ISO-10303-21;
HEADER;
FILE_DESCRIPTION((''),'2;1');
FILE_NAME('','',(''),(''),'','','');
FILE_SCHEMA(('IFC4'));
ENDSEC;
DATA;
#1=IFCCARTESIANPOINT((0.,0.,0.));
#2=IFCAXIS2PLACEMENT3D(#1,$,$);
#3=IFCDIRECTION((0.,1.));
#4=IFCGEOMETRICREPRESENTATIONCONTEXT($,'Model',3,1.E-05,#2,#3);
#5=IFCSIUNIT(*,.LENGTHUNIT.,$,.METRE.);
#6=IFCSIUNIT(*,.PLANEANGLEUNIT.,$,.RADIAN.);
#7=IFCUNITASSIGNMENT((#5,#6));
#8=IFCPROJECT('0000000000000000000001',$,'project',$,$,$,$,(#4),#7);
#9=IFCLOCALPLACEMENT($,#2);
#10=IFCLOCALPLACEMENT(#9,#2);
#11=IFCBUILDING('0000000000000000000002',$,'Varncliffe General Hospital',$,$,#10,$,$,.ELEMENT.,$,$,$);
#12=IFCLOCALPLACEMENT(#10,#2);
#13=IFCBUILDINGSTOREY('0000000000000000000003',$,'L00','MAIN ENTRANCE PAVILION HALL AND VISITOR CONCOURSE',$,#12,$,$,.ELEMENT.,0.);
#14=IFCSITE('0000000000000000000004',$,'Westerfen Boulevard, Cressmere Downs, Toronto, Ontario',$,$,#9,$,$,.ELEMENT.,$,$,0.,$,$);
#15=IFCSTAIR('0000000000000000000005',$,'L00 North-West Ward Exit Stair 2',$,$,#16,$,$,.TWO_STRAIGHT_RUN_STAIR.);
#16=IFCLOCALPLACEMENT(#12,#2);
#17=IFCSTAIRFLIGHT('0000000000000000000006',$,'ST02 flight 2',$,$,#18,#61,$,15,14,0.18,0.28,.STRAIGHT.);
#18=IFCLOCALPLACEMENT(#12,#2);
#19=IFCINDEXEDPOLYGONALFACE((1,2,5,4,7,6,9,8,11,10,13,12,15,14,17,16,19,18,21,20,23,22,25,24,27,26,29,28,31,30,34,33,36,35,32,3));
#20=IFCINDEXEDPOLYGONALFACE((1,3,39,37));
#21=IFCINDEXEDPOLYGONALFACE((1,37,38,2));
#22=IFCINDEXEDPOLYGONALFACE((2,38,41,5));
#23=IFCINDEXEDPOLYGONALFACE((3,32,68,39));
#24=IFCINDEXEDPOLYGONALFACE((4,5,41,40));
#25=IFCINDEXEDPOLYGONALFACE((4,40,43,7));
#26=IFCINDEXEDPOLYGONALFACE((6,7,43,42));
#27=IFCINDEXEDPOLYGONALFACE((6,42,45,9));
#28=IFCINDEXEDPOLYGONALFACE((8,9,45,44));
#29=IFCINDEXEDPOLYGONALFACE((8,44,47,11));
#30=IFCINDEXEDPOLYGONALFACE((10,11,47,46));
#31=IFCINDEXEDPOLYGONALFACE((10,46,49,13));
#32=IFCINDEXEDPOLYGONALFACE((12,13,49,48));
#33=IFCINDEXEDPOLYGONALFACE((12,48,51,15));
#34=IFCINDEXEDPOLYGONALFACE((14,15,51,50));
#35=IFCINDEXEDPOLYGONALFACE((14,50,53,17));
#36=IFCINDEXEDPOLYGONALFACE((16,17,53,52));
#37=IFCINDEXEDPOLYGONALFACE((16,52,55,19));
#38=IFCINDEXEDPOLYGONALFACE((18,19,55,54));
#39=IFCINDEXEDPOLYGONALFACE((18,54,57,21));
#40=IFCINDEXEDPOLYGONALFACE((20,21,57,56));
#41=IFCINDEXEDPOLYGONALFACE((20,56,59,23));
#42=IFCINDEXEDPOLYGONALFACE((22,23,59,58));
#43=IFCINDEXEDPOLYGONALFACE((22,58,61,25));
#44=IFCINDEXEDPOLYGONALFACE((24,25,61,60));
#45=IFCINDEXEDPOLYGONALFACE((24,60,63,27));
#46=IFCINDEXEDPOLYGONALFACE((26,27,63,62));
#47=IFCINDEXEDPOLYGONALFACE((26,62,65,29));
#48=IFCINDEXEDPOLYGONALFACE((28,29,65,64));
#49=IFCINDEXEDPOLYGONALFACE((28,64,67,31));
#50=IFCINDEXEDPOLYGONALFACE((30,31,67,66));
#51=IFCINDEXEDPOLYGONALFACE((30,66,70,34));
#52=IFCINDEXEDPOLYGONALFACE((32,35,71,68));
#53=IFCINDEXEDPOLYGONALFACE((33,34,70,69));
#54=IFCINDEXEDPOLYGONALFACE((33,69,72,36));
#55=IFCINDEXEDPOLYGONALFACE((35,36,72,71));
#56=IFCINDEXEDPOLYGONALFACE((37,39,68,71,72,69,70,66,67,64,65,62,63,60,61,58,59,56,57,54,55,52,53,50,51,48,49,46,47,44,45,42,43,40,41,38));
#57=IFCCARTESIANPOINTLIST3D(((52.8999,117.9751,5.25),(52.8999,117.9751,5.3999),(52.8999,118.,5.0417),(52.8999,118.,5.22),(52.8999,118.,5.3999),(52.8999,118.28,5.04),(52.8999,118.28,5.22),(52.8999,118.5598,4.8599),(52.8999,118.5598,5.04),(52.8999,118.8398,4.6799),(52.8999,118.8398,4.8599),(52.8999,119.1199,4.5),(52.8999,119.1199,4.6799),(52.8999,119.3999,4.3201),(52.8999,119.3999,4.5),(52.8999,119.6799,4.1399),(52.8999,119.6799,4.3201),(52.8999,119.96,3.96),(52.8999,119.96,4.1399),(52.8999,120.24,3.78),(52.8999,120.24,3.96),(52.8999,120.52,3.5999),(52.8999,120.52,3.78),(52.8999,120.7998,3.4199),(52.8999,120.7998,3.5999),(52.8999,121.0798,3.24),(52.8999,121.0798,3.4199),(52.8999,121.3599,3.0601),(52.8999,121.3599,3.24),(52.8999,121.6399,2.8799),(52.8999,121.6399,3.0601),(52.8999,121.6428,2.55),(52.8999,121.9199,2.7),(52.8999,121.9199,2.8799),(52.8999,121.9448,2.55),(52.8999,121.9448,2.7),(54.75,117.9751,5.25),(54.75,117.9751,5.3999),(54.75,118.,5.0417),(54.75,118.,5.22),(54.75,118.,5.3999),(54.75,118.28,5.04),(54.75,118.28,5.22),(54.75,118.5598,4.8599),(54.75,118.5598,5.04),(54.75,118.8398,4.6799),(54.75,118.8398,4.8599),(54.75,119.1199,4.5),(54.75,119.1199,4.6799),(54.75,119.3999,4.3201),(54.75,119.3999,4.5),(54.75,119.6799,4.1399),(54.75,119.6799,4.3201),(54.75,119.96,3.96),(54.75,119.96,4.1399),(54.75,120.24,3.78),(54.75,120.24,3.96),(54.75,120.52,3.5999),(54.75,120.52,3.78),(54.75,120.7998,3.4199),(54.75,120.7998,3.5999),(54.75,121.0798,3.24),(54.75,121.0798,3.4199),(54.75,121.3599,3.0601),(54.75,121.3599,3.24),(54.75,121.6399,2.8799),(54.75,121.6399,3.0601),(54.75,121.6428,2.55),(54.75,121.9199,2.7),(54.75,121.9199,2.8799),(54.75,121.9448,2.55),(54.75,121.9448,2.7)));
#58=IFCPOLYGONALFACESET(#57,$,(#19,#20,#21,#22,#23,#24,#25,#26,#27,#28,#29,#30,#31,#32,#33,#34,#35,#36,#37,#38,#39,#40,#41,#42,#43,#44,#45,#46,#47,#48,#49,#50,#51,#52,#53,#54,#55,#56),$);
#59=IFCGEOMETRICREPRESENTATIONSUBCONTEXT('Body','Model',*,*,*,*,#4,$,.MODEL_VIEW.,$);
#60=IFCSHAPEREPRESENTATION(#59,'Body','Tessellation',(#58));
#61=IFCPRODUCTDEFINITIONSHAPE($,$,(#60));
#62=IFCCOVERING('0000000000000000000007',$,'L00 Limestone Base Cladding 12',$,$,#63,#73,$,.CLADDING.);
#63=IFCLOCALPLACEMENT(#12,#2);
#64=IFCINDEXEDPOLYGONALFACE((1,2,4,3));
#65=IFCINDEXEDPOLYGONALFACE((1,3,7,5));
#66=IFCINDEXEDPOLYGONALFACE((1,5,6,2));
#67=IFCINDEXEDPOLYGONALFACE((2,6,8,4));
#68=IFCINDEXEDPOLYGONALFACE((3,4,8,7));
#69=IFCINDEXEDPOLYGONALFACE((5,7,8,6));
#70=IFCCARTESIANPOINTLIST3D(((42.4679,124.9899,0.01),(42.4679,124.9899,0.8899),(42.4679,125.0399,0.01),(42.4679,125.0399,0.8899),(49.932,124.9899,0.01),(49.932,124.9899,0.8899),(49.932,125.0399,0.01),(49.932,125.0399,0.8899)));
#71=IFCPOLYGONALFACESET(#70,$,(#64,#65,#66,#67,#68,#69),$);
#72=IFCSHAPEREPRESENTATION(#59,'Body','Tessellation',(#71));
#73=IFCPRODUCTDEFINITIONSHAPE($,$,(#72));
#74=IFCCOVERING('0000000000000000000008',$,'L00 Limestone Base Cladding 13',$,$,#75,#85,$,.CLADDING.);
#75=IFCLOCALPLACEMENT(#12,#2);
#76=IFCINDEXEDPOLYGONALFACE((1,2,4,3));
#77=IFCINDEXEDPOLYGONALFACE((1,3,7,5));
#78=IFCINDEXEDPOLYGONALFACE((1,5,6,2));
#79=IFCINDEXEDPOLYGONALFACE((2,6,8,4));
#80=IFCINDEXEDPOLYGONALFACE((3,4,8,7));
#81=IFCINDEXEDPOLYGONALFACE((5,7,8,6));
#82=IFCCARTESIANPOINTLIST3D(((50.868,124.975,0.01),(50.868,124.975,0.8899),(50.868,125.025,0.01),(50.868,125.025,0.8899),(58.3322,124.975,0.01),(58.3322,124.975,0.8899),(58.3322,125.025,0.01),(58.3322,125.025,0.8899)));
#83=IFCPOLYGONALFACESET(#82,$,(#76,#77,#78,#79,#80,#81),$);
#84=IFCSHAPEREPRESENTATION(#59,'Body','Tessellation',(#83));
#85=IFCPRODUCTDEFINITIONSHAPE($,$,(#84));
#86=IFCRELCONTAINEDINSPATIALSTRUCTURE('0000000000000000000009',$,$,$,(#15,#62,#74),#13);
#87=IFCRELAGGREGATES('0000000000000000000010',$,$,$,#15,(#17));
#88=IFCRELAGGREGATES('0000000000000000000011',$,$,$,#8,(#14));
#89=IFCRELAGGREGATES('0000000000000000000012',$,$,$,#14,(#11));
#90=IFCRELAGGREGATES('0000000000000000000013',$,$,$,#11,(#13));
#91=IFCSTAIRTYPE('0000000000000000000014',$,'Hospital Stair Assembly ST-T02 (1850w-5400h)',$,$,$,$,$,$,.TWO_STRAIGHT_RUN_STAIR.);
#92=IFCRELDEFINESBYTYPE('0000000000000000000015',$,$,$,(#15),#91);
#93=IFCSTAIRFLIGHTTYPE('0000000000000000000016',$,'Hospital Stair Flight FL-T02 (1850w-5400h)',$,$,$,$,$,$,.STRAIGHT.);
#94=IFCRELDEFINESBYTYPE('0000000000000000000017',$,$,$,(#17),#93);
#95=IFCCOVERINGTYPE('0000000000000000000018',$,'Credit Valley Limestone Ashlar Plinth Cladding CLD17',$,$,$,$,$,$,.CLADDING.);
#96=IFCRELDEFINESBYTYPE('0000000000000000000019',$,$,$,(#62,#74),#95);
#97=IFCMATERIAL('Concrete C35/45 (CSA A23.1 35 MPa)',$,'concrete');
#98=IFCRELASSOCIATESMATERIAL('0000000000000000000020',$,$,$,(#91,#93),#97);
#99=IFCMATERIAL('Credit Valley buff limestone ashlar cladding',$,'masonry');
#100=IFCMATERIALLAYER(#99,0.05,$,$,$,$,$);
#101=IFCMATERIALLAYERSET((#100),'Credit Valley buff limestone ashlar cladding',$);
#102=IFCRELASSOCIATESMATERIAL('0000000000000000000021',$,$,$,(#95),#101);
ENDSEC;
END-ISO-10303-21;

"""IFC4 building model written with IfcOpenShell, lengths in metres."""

from ifc_helpers import new_model, si_unit, direction, frame, origin, origin_2d, place, context, subcontext, project, spatial, polyline, rectangle, outline, extrude, material, layer, layer_set, type_object, element, aggregate, save


model = new_model("IFC4")

# Units and contexts
model_context = context("Model", 3, precision=1e-05, world=origin(), true_north=direction((0.0, 1.0)))
body_context = subcontext(model_context, "Body", "Model", "MODEL_VIEW")
ifc_project = project(units=[si_unit("LENGTHUNIT", "METRE"), si_unit("PLANEANGLEUNIT", "RADIAN")], contexts=[model_context])

# Site, building, storey
site_placement = place(None, origin())
site = spatial("IfcSite", under=ifc_project, at=site_placement, Name="Westerfen Boulevard, Cressmere Downs, Toronto, Ontario", CompositionType="ELEMENT", RefElevation=0.0)
building_placement = place(site_placement, origin())
building = spatial("IfcBuilding", under=site, at=building_placement, Name="Varncliffe General Hospital", CompositionType="ELEMENT")
storey_placement = place(building_placement, origin())
storey = spatial("IfcBuildingStorey", under=building, at=storey_placement, Name="L00", Description="MAIN ENTRANCE PAVILION HALL AND VISITOR CONCOURSE", CompositionType="ELEMENT", Elevation=0.0)

# Shared definitions
ifc_material_1 = material(Name="Concrete C35/45 (CSA A23.1 35 MPa)", Category="concrete")

# Stair, stair flight
stair_type = type_object("IfcStairType", Name="Hospital Stair Assembly ST-T02 (1850w-5400h)", PredefinedType="TWO_STRAIGHT_RUN_STAIR", material=ifc_material_1)
stair_placement = place(storey_placement, origin())
stair = element("IfcStair", 1, at=stair_placement, inside=storey, type_object=stair_type, Name="L00 North-West Ward Exit Stair 2", PredefinedType="TWO_STRAIGHT_RUN_STAIR")
stair_flight_type = type_object("IfcStairFlightType", Name="Hospital Stair Flight FL-T02 (1850w-5400h)", PredefinedType="STRAIGHT", material=ifc_material_1)
stair_flight_1_placement = place(storey_placement, frame((53.825, 121.9199, 2.7), z_axis=(0.0, 0.0, 1.0), x_axis=(0.0, -1.0, 0.0)))
stair_flight_1 = element("IfcStairFlight", 2, at=stair_flight_1_placement, type_object=stair_flight_type, Name="ST02 flight 2", NumberOfRisers=15, NumberOfTreads=14, PredefinedType="STRAIGHT", RiserHeight=0.18, TreadLength=0.28, context=body_context, shape_type="SweptSolid", body=[
    extrude(outline(polyline([(-0.0249, -0.1499), (-0.0249, 0.0), (0.0, 0.0), (0.0, 0.1799), (0.28, 0.1799), (0.28, 0.3601), (0.5601, 0.3601), (0.5601, 0.54), (0.8401, 0.54), (0.8401, 0.72), (1.1201, 0.72), (1.1201, 0.8999), (1.3999, 0.8999), (1.3999, 1.0801), (1.6799, 1.0801), (1.6799, 1.26), (1.96, 1.26), (1.96, 1.4399), (2.24, 1.4399), (2.24, 1.6201), (2.52, 1.6201), (2.52, 1.8), (2.8, 1.8), (2.8, 1.98), (3.0801, 1.98), (3.0801, 2.1599), (3.3601, 2.1599), (3.3601, 2.3401), (3.6399, 2.3401), (3.6399, 2.52), (3.9199, 2.52), (3.9199, 2.7), (3.9448, 2.7), (3.9448, 2.55), (3.9199, 2.3418), (0.2771, -0.1499), (-0.0249, -0.1499)])), frame((0.0, 0.925, 0.0), z_axis=(0.0, -1.0, 0.0), x_axis=(1.0, 0.0, 0.0)), (0.0, 0.0, 1.0), 1.8501),
])
aggregate(stair, [stair_flight_1])

# Coverings
ifc_material_2 = material(Name="Credit Valley buff limestone ashlar cladding", Category="masonry")
ifc_layer_1 = layer(ifc_material_2, 0.05)
ifc_layer_set_1 = layer_set([ifc_layer_1], Name="Credit Valley buff limestone ashlar cladding")
covering_type = type_object("IfcCoveringType", Name="Credit Valley Limestone Ashlar Plinth Cladding CLD17", PredefinedType="CLADDING", material=ifc_layer_set_1)
for number, where, z_axis, x_axis, name in (
    (3, (46.2, 125.0149, 0.01), (0.0, 0.0, 1.0), (1.0, 0.0, 0.0), "L00 Limestone Base Cladding 12"),
    (4, (54.6001, 125.0, 0.01), (0.0, 0.0, 1.0), (1.0, 0.0, 0.0), "L00 Limestone Base Cladding 13"),
):
    element("IfcCovering", number, at=place(storey_placement, frame(where, z_axis=z_axis, x_axis=x_axis)), inside=storey, type_object=covering_type, Name=name, PredefinedType="CLADDING", context=body_context, shape_type="SweptSolid", body=[
        extrude(rectangle(XDim=7.4641, YDim=0.05, at=origin_2d()), origin(), (0.0, 0.0, 1.0), 0.8799),
    ])

save(model, "model.ifc")
